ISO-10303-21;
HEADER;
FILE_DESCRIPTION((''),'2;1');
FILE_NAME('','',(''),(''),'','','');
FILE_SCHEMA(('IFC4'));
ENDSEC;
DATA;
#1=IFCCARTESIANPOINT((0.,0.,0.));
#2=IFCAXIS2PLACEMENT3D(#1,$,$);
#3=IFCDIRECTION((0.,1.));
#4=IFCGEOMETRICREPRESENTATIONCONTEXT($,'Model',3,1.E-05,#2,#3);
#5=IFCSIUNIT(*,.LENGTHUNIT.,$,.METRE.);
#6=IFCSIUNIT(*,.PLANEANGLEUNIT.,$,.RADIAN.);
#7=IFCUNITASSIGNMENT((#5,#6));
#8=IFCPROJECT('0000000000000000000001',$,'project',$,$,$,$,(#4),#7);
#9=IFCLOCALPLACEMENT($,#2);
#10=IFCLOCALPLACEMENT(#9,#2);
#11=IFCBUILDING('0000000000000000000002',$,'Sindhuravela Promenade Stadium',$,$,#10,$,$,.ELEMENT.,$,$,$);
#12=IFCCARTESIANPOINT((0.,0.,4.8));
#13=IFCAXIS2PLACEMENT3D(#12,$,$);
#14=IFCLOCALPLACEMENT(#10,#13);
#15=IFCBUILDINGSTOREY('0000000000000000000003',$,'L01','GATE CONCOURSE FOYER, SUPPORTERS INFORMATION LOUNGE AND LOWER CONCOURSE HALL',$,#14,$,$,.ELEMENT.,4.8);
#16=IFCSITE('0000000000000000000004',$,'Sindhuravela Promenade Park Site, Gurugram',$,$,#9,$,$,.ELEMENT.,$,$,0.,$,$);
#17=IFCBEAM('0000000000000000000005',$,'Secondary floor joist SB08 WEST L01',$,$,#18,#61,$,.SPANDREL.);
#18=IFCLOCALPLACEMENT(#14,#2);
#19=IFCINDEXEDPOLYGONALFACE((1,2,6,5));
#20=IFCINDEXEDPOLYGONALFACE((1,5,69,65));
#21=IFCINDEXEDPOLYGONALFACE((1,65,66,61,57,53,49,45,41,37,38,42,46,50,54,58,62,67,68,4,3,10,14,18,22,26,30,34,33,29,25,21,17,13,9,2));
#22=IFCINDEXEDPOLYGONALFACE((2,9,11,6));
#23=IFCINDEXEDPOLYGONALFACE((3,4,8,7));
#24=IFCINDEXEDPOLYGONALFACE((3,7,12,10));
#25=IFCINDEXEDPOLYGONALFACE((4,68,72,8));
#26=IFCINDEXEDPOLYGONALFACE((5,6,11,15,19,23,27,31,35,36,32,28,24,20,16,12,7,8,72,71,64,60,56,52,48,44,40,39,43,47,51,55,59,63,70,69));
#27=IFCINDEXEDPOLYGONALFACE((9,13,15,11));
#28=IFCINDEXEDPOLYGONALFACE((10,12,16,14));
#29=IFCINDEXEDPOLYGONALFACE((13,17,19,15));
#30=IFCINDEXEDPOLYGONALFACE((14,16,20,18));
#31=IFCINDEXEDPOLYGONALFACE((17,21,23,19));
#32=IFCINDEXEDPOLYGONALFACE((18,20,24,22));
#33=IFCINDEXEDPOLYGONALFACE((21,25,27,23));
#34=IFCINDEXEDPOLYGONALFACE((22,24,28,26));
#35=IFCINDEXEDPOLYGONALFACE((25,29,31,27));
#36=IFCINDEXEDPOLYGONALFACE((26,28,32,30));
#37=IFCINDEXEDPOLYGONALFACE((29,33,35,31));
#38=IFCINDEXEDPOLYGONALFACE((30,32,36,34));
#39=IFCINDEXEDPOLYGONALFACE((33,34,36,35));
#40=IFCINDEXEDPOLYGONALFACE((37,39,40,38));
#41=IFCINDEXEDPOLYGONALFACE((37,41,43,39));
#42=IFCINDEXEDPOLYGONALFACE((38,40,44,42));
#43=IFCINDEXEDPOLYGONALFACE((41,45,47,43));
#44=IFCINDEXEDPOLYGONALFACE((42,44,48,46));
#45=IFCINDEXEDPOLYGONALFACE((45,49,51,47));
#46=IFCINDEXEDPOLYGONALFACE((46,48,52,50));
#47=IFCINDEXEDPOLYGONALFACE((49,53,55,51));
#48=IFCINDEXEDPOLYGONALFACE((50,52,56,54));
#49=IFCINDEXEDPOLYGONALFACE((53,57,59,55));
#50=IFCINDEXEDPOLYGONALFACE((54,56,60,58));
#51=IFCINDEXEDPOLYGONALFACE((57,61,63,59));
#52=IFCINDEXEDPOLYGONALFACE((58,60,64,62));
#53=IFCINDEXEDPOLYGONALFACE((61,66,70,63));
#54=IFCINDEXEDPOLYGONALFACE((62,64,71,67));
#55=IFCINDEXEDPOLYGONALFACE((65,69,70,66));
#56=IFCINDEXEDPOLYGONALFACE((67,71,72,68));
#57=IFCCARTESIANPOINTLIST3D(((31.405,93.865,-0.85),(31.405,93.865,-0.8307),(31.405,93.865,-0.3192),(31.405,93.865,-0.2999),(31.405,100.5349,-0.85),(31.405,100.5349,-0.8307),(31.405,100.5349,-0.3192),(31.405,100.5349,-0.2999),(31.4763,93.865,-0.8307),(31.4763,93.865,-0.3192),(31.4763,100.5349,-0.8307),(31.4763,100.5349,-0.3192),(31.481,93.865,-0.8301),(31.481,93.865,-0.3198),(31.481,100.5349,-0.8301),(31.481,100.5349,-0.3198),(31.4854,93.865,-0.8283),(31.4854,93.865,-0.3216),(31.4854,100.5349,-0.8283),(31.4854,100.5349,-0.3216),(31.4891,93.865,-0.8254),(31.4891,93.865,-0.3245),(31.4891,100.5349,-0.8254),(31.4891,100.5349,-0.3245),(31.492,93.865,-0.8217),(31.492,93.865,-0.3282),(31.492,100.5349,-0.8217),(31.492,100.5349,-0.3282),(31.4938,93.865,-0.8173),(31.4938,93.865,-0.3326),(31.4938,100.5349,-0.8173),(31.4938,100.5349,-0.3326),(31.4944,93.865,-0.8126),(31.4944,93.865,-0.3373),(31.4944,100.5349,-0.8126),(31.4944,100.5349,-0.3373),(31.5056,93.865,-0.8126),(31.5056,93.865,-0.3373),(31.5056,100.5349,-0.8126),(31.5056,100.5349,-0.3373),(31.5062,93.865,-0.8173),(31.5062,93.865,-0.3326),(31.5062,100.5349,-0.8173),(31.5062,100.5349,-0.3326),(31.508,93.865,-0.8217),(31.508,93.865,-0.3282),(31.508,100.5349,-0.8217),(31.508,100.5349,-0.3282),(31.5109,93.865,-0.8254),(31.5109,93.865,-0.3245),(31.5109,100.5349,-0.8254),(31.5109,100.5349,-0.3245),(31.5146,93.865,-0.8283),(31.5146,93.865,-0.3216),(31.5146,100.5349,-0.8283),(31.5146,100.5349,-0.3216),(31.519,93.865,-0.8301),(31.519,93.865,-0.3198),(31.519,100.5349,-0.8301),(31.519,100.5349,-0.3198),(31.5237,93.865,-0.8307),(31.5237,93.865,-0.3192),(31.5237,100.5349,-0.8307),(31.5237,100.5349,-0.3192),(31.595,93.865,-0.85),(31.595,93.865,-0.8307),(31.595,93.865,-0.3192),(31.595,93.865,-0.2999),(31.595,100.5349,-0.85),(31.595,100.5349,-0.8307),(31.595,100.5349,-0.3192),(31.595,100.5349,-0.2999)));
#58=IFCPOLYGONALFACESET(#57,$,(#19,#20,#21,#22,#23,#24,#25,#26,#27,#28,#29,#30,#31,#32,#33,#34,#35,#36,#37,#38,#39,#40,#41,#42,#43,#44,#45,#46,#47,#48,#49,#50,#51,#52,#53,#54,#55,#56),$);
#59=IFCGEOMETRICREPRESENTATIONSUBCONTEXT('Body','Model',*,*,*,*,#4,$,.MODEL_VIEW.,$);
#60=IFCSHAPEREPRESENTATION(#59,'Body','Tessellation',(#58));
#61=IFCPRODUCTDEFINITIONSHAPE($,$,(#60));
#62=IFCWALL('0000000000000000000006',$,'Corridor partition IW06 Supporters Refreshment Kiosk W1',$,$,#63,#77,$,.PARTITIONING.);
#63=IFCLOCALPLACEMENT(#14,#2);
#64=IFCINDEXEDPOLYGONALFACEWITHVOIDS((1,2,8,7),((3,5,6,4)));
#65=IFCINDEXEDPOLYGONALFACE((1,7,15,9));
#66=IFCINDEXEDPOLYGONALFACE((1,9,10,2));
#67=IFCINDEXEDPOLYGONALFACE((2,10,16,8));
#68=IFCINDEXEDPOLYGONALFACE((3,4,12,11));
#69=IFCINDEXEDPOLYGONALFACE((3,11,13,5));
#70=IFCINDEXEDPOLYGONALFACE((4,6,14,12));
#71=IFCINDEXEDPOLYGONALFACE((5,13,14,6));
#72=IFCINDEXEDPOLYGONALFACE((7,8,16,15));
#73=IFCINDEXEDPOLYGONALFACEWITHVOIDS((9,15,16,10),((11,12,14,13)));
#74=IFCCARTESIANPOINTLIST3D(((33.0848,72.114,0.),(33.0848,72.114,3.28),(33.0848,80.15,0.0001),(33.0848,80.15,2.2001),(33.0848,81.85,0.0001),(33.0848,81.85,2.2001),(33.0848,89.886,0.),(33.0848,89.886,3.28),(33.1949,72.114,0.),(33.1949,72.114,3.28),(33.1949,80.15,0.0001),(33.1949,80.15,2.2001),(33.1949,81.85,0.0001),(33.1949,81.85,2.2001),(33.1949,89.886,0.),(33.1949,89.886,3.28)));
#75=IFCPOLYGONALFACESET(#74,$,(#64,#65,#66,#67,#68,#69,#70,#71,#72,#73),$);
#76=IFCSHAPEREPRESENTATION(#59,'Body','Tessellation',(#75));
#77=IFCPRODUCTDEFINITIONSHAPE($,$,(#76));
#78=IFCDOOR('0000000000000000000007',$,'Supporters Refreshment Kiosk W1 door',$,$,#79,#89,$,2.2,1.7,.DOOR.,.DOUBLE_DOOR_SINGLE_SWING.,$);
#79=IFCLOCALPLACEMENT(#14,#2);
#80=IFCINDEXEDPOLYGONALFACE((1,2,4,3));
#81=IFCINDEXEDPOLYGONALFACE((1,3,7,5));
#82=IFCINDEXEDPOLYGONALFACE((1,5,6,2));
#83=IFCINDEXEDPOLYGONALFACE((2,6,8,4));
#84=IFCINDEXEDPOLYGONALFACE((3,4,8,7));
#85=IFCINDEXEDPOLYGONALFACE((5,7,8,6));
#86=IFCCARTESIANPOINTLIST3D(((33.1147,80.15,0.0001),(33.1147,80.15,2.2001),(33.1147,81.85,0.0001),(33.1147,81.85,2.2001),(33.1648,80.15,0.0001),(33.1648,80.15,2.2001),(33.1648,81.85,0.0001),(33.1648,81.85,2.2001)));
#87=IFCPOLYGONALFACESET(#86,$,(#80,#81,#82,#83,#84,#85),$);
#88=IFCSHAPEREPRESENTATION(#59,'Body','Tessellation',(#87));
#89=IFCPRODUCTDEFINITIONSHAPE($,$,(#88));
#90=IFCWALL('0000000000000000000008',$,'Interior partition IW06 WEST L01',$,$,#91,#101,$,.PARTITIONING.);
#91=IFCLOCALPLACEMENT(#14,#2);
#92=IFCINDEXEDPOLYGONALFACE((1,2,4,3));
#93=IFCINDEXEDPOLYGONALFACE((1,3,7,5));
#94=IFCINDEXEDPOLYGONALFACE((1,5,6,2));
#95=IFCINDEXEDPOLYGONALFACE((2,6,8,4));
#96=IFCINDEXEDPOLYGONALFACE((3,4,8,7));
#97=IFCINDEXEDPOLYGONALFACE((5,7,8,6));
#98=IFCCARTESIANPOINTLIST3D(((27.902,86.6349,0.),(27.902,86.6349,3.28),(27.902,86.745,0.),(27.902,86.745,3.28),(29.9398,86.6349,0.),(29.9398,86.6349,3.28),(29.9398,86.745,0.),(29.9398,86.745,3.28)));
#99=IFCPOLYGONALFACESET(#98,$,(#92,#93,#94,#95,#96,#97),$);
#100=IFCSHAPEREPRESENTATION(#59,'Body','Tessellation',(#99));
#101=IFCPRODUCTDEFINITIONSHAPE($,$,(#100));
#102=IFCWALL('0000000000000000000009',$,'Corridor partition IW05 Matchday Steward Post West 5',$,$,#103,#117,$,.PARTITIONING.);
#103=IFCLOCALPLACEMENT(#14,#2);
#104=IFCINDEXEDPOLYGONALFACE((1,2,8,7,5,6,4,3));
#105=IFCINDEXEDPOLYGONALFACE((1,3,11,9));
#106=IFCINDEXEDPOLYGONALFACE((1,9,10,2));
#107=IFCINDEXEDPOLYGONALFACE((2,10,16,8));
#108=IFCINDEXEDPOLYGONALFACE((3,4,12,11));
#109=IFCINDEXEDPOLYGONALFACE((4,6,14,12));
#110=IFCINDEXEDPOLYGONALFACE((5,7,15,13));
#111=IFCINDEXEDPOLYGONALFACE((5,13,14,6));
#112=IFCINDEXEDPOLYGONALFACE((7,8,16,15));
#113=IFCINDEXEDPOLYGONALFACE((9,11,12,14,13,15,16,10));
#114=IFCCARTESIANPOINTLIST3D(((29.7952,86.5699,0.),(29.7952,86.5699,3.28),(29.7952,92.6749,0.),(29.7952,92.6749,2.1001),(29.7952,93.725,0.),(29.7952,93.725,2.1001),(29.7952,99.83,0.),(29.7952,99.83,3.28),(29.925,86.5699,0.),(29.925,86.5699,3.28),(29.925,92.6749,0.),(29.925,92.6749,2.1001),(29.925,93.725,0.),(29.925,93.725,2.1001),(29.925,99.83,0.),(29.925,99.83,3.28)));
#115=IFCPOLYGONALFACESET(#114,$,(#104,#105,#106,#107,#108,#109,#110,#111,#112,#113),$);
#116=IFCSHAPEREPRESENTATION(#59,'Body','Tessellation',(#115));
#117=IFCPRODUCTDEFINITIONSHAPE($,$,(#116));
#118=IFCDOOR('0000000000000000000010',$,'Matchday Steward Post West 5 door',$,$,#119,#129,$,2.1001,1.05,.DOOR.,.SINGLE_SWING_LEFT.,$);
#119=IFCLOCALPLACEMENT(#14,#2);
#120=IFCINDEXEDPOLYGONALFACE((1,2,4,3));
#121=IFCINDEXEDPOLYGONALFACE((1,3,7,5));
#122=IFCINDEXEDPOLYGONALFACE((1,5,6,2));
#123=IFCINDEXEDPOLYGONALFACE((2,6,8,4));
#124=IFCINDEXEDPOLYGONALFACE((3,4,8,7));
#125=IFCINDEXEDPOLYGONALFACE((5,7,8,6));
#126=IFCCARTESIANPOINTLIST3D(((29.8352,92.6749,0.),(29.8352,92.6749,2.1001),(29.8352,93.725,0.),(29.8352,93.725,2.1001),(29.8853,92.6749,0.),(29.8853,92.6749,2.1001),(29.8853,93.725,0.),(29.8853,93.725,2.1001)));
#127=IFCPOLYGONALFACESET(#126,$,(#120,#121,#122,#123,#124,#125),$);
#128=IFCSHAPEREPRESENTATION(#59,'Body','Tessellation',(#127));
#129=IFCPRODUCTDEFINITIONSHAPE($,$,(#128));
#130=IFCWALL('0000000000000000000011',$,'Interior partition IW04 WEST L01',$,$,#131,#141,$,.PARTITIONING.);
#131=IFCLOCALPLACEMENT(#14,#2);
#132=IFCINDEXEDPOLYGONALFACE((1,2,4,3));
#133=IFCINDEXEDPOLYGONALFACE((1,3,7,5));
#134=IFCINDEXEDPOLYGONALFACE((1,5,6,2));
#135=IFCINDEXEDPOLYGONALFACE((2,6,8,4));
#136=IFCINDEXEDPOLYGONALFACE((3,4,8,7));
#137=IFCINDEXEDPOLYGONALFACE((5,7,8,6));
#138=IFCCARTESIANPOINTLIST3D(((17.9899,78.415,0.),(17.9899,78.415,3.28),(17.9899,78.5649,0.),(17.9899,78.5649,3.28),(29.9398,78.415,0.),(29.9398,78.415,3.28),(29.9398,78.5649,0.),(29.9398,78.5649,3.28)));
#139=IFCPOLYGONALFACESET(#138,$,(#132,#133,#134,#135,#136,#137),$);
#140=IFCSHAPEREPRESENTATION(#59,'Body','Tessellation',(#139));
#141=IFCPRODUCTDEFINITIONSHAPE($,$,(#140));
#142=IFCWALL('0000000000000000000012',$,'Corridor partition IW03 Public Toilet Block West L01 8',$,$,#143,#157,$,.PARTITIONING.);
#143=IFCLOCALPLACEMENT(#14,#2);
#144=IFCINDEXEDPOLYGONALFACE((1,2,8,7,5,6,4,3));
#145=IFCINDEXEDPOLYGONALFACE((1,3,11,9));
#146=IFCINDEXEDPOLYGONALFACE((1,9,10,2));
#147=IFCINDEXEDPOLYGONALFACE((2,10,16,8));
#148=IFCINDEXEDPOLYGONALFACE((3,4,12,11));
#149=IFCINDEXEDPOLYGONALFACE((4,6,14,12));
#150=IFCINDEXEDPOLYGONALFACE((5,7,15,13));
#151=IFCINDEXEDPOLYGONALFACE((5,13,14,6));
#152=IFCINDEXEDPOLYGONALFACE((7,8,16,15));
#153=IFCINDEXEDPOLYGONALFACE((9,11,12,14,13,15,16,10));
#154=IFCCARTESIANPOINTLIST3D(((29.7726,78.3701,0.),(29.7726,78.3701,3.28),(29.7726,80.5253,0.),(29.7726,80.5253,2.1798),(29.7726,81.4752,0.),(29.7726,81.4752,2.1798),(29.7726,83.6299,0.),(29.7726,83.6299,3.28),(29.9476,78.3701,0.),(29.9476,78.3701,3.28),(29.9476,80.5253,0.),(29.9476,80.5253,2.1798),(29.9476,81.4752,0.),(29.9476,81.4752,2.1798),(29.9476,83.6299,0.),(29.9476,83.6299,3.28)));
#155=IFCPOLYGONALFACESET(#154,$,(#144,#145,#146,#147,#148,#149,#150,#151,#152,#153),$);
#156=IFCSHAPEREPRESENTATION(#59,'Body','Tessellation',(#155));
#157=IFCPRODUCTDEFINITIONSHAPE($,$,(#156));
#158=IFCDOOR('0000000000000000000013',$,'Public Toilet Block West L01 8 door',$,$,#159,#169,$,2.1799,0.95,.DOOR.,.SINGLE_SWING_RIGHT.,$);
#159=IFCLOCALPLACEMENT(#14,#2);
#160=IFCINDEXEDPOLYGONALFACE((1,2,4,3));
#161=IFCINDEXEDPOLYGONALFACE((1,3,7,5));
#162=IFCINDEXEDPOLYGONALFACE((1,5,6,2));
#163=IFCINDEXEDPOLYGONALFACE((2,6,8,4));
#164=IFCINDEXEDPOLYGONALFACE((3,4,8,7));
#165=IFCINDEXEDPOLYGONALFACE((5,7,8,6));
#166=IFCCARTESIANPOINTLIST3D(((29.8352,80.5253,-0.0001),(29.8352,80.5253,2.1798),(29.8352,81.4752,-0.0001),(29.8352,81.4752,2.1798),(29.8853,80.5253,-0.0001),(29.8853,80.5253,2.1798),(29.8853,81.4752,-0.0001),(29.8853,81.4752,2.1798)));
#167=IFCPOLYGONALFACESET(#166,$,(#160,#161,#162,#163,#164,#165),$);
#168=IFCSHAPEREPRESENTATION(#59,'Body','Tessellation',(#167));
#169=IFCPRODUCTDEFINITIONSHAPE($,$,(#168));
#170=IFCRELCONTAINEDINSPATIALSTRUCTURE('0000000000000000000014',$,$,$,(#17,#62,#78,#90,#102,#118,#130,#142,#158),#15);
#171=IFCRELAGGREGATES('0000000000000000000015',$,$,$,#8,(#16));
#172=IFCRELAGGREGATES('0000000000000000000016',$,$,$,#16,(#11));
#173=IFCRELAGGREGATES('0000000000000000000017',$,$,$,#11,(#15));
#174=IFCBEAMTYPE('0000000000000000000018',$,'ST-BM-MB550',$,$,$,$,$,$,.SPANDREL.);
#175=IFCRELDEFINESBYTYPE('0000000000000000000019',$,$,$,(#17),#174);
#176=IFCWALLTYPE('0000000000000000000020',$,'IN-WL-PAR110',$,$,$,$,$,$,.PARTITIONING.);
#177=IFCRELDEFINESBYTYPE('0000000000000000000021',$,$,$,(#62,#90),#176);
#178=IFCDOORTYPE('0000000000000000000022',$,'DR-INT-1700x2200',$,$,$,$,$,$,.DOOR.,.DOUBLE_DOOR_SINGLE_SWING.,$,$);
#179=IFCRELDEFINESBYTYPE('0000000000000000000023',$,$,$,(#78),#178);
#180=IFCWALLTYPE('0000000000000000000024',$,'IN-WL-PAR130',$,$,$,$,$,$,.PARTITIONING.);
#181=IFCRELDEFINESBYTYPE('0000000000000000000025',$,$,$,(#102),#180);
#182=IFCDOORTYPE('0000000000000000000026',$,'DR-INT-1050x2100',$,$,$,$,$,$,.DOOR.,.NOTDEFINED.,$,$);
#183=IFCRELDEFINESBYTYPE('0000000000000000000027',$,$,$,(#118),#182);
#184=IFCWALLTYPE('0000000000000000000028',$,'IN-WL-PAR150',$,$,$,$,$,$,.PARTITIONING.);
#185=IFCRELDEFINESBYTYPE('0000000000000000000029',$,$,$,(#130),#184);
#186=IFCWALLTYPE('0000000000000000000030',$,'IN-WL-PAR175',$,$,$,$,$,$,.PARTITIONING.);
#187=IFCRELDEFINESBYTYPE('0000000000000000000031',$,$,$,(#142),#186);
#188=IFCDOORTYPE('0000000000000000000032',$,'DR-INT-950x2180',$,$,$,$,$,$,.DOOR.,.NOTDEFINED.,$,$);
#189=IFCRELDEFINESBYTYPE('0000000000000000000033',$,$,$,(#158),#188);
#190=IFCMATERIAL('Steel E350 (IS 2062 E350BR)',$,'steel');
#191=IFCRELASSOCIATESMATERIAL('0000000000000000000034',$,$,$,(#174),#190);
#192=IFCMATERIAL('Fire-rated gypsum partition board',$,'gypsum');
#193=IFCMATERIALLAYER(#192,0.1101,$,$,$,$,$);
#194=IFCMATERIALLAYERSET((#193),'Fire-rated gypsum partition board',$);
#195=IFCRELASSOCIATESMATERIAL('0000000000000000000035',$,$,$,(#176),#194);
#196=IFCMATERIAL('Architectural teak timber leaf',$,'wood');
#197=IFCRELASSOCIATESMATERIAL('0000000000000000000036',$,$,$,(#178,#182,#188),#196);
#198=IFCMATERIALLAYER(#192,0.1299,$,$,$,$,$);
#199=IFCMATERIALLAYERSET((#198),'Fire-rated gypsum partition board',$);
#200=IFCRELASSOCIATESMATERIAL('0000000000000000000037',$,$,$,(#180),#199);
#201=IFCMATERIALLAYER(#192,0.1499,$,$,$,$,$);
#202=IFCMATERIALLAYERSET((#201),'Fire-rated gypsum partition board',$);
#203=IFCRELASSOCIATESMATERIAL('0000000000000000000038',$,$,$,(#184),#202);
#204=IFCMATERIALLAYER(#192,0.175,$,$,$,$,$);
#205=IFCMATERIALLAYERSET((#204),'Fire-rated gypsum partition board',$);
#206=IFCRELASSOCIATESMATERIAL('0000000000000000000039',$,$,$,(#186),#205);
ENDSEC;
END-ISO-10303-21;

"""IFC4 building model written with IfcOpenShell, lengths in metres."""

from ifc_helpers import new_model, si_unit, direction, frame, frame_2d, origin, origin_2d, place, context, subcontext, project, spatial, rectangle, i_section, extrude, material, layer, layer_set, material_profile, profile_set, type_object, element, fill, save


model = new_model("IFC4")

# Units and contexts
model_context = context("Model", 3, precision=1e-05, world=origin(), true_north=direction((0.0, 1.0)))
body_context = subcontext(model_context, "Body", "Model", "MODEL_VIEW")
ifc_project = project(units=[si_unit("LENGTHUNIT", "METRE"), si_unit("PLANEANGLEUNIT", "RADIAN")], contexts=[model_context])

# Site, building, storey
site_placement = place(None, origin())
site = spatial("IfcSite", under=ifc_project, at=site_placement, Name="Sindhuravela Promenade Park Site, Gurugram", CompositionType="ELEMENT", RefElevation=0.0)
building_placement = place(site_placement, origin())
building = spatial("IfcBuilding", under=site, at=building_placement, Name="Sindhuravela Promenade Stadium", CompositionType="ELEMENT")
storey_placement = place(building_placement, frame((0.0, 0.0, 4.8)))
storey = spatial("IfcBuildingStorey", under=building, at=storey_placement, Name="L01", Description="GATE CONCOURSE FOYER, SUPPORTERS INFORMATION LOUNGE AND LOWER CONCOURSE HALL", CompositionType="ELEMENT", Elevation=4.8)

# Beam
ifc_material_1 = material(Name="Steel E350 (IS 2062 E350BR)", Category="steel")
ifc_material_profile_1 = material_profile(ifc_material_1, i_section(OverallWidth=0.1899, OverallDepth=0.55, WebThickness=0.0112, FlangeThickness=0.0193, FilletRadius=0.0181, at=origin_2d()), Name="ISMB 550")
ifc_profile_set_1 = profile_set([ifc_material_profile_1], Name="Steel E350 (IS 2062 E350BR)")
beam_type_1 = type_object("IfcBeamType", Name="ST-BM-MB550", PredefinedType="SPANDREL", material=ifc_profile_set_1)
beam_1_placement = place(storey_placement, frame((31.5, 93.865, -0.575), z_axis=(0.0, 1.0, 0.0), x_axis=(-1.0, 0.0, 0.0)))
element("IfcBeam", 1, at=beam_1_placement, inside=storey, type_object=beam_type_1, Name="Secondary floor joist SB08 WEST L01", PredefinedType="SPANDREL", context=body_context, shape_type="SweptSolid", body=[
    extrude(i_section(OverallWidth=0.1899, OverallDepth=0.55, WebThickness=0.0112, FlangeThickness=0.0193, FilletRadius=0.0181, at=origin_2d()), origin(), (0.0, 0.0, 1.0), 6.6699),
])

# Wall, opening, door
ifc_material_2 = material(Name="Fire-rated gypsum partition board", Category="gypsum")
ifc_layer_1 = layer(ifc_material_2, 0.1101)
ifc_layer_set_1 = layer_set([ifc_layer_1], Name="Fire-rated gypsum partition board")
wall_type_1 = type_object("IfcWallType", Name="IN-WL-PAR110", PredefinedType="PARTITIONING", material=ifc_layer_set_1)
wall_1_placement = place(storey_placement, frame((33.1399, 89.886, 0.0), z_axis=(0.0, 0.0, 1.0), x_axis=(0.0, -1.0, 0.0)))
wall_1 = element("IfcWall", 2, at=wall_1_placement, inside=storey, type_object=wall_type_1, Name="Corridor partition IW06 Supporters Refreshment Kiosk W1", PredefinedType="PARTITIONING", context=body_context, shape_type="SweptSolid", body=[
    extrude(rectangle(XDim=17.772, YDim=0.1101, at=frame_2d((8.886, 0.0))), origin(), (0.0, 0.0, 1.0), 3.28),
])
opening_1_placement = place(wall_1_placement, frame((8.0359, 0.0, 0.0)))
opening_1 = element("IfcOpeningElement", 3, at=opening_1_placement, cuts=wall_1, PredefinedType="OPENING", context=body_context, shape_type="SweptSolid", body=[
    extrude(rectangle(XDim=1.7, YDim=2.2, at=frame_2d((0.8501, 1.1001))), frame((0.0, 0.0649, 0.0), z_axis=(0.0, -1.0, 0.0), x_axis=(1.0, 0.0, 0.0)), (0.0, 0.0, 1.0), 0.1301),
])
ifc_material_3 = material(Name="Architectural teak timber leaf", Category="wood")
door_type_1 = type_object("IfcDoorType", Name="DR-INT-1700x2200", OperationType="DOUBLE_DOOR_SINGLE_SWING", PredefinedType="DOOR", material=ifc_material_3)
door_1_placement = place(opening_1_placement, origin())
door_1 = element("IfcDoor", 4, at=door_1_placement, inside=storey, type_object=door_type_1, Name="Supporters Refreshment Kiosk W1 door", OperationType="DOUBLE_DOOR_SINGLE_SWING", OverallHeight=2.2, OverallWidth=1.7, PredefinedType="DOOR", context=body_context, shape_type="SweptSolid", body=[
    extrude(rectangle(XDim=1.7, YDim=2.2, at=frame_2d((0.8501, 1.1001))), frame((0.0, 0.0249, 0.0), z_axis=(0.0, -1.0, 0.0), x_axis=(1.0, 0.0, 0.0)), (0.0, 0.0, 1.0), 0.05),
])
fill(opening_1, door_1)

# Wall
wall_2_placement = place(storey_placement, frame((29.9399, 86.6899, 0.0), z_axis=(0.0, 0.0, 1.0), x_axis=(-1.0, 0.0, 0.0)))
element("IfcWall", 5, at=wall_2_placement, inside=storey, type_object=wall_type_1, Name="Interior partition IW06 WEST L01", PredefinedType="PARTITIONING", context=body_context, shape_type="SweptSolid", body=[
    extrude(rectangle(XDim=2.0378, YDim=0.1101, at=frame_2d((1.019, 0.0))), origin(), (0.0, 0.0, 1.0), 3.28),
])

# Wall, opening, door
ifc_layer_2 = layer(ifc_material_2, 0.1299)
ifc_layer_set_2 = layer_set([ifc_layer_2], Name="Fire-rated gypsum partition board")
wall_type_2 = type_object("IfcWallType", Name="IN-WL-PAR130", PredefinedType="PARTITIONING", material=ifc_layer_set_2)
wall_3_placement = place(storey_placement, frame((29.8601, 86.5701, 0.0), z_axis=(0.0, 0.0, 1.0), x_axis=(0.0, 1.0, 0.0)))
wall_3 = element("IfcWall", 6, at=wall_3_placement, inside=storey, type_object=wall_type_2, Name="Corridor partition IW05 Matchday Steward Post West 5", PredefinedType="PARTITIONING", context=body_context, shape_type="SweptSolid", body=[
    extrude(rectangle(XDim=13.26, YDim=0.1299, at=frame_2d((6.6299, 0.0))), origin(), (0.0, 0.0, 1.0), 3.28),
])
opening_2_placement = place(wall_3_placement, frame((6.105, 0.0, 0.0)))
opening_2 = element("IfcOpeningElement", 7, at=opening_2_placement, cuts=wall_3, PredefinedType="OPENING", context=body_context, shape_type="SweptSolid", body=[
    extrude(rectangle(XDim=1.05, YDim=2.1001, at=frame_2d((0.5249, 1.05))), frame((0.0, 0.075, 0.0), z_axis=(0.0, -1.0, 0.0), x_axis=(1.0, 0.0, 0.0)), (0.0, 0.0, 1.0), 0.1499),
])
door_type_2 = type_object("IfcDoorType", Name="DR-INT-1050x2100", OperationType="NOTDEFINED", PredefinedType="DOOR", material=ifc_material_3)
door_2_placement = place(opening_2_placement, origin())
door_2 = element("IfcDoor", 8, at=door_2_placement, inside=storey, type_object=door_type_2, Name="Matchday Steward Post West 5 door", OperationType="SINGLE_SWING_LEFT", OverallHeight=2.1001, OverallWidth=1.05, PredefinedType="DOOR", context=body_context, shape_type="SweptSolid", body=[
    extrude(rectangle(XDim=1.05, YDim=2.1001, at=frame_2d((0.5249, 1.05))), frame((0.0, 0.0249, 0.0), z_axis=(0.0, -1.0, 0.0), x_axis=(1.0, 0.0, 0.0)), (0.0, 0.0, 1.0), 0.05),
])
fill(opening_2, door_2)

# Wall
ifc_layer_3 = layer(ifc_material_2, 0.1499)
ifc_layer_set_3 = layer_set([ifc_layer_3], Name="Fire-rated gypsum partition board")
wall_type_3 = type_object("IfcWallType", Name="IN-WL-PAR150", PredefinedType="PARTITIONING", material=ifc_layer_set_3)
wall_4_placement = place(storey_placement, frame((29.9399, 78.49, 0.0), z_axis=(0.0, 0.0, 1.0), x_axis=(-1.0, 0.0, 0.0)))
element("IfcWall", 9, at=wall_4_placement, inside=storey, type_object=wall_type_3, Name="Interior partition IW04 WEST L01", PredefinedType="PARTITIONING", context=body_context, shape_type="SweptSolid", body=[
    extrude(rectangle(XDim=11.95, YDim=0.1499, at=frame_2d((5.9751, 0.0))), origin(), (0.0, 0.0, 1.0), 3.28),
])

# Wall, opening, door
ifc_layer_4 = layer(ifc_material_2, 0.175)
ifc_layer_set_4 = layer_set([ifc_layer_4], Name="Fire-rated gypsum partition board")
wall_type_4 = type_object("IfcWallType", Name="IN-WL-PAR175", PredefinedType="PARTITIONING", material=ifc_layer_set_4)
wall_5_placement = place(storey_placement, frame((29.8601, 78.3701, 0.0), z_axis=(0.0, 0.0, 1.0), x_axis=(0.0, 1.0, 0.0)))
wall_5 = element("IfcWall", 10, at=wall_5_placement, inside=storey, type_object=wall_type_4, Name="Corridor partition IW03 Public Toilet Block West L01 8", PredefinedType="PARTITIONING", context=body_context, shape_type="SweptSolid", body=[
    extrude(rectangle(XDim=5.2598, YDim=0.175, at=frame_2d((2.6299, 0.0))), origin(), (0.0, 0.0, 1.0), 3.28),
])
opening_3_placement = place(wall_5_placement, frame((2.155, 0.0, 0.0)))
opening_3 = element("IfcOpeningElement", 11, at=opening_3_placement, cuts=wall_5, PredefinedType="OPENING", context=body_context, shape_type="SweptSolid", body=[
    extrude(rectangle(XDim=0.95, YDim=2.1799, at=frame_2d((0.4751, 1.0898))), frame((0.0, 0.0974, 0.0), z_axis=(0.0, -1.0, 0.0), x_axis=(1.0, 0.0, 0.0)), (0.0, 0.0, 1.0), 0.1951),
])
door_type_3 = type_object("IfcDoorType", Name="DR-INT-950x2180", OperationType="NOTDEFINED", PredefinedType="DOOR", material=ifc_material_3)
door_3_placement = place(opening_3_placement, origin())
door_3 = element("IfcDoor", 12, at=door_3_placement, inside=storey, type_object=door_type_3, Name="Public Toilet Block West L01 8 door", OperationType="SINGLE_SWING_RIGHT", OverallHeight=2.1799, OverallWidth=0.95, PredefinedType="DOOR", context=body_context, shape_type="SweptSolid", body=[
    extrude(rectangle(XDim=0.95, YDim=2.1799, at=frame_2d((0.4751, 1.0898))), frame((0.0, 0.0249, 0.0), z_axis=(0.0, -1.0, 0.0), x_axis=(1.0, 0.0, 0.0)), (0.0, 0.0, 1.0), 0.05),
])
fill(opening_3, door_3)

save(model, "model.ifc")
